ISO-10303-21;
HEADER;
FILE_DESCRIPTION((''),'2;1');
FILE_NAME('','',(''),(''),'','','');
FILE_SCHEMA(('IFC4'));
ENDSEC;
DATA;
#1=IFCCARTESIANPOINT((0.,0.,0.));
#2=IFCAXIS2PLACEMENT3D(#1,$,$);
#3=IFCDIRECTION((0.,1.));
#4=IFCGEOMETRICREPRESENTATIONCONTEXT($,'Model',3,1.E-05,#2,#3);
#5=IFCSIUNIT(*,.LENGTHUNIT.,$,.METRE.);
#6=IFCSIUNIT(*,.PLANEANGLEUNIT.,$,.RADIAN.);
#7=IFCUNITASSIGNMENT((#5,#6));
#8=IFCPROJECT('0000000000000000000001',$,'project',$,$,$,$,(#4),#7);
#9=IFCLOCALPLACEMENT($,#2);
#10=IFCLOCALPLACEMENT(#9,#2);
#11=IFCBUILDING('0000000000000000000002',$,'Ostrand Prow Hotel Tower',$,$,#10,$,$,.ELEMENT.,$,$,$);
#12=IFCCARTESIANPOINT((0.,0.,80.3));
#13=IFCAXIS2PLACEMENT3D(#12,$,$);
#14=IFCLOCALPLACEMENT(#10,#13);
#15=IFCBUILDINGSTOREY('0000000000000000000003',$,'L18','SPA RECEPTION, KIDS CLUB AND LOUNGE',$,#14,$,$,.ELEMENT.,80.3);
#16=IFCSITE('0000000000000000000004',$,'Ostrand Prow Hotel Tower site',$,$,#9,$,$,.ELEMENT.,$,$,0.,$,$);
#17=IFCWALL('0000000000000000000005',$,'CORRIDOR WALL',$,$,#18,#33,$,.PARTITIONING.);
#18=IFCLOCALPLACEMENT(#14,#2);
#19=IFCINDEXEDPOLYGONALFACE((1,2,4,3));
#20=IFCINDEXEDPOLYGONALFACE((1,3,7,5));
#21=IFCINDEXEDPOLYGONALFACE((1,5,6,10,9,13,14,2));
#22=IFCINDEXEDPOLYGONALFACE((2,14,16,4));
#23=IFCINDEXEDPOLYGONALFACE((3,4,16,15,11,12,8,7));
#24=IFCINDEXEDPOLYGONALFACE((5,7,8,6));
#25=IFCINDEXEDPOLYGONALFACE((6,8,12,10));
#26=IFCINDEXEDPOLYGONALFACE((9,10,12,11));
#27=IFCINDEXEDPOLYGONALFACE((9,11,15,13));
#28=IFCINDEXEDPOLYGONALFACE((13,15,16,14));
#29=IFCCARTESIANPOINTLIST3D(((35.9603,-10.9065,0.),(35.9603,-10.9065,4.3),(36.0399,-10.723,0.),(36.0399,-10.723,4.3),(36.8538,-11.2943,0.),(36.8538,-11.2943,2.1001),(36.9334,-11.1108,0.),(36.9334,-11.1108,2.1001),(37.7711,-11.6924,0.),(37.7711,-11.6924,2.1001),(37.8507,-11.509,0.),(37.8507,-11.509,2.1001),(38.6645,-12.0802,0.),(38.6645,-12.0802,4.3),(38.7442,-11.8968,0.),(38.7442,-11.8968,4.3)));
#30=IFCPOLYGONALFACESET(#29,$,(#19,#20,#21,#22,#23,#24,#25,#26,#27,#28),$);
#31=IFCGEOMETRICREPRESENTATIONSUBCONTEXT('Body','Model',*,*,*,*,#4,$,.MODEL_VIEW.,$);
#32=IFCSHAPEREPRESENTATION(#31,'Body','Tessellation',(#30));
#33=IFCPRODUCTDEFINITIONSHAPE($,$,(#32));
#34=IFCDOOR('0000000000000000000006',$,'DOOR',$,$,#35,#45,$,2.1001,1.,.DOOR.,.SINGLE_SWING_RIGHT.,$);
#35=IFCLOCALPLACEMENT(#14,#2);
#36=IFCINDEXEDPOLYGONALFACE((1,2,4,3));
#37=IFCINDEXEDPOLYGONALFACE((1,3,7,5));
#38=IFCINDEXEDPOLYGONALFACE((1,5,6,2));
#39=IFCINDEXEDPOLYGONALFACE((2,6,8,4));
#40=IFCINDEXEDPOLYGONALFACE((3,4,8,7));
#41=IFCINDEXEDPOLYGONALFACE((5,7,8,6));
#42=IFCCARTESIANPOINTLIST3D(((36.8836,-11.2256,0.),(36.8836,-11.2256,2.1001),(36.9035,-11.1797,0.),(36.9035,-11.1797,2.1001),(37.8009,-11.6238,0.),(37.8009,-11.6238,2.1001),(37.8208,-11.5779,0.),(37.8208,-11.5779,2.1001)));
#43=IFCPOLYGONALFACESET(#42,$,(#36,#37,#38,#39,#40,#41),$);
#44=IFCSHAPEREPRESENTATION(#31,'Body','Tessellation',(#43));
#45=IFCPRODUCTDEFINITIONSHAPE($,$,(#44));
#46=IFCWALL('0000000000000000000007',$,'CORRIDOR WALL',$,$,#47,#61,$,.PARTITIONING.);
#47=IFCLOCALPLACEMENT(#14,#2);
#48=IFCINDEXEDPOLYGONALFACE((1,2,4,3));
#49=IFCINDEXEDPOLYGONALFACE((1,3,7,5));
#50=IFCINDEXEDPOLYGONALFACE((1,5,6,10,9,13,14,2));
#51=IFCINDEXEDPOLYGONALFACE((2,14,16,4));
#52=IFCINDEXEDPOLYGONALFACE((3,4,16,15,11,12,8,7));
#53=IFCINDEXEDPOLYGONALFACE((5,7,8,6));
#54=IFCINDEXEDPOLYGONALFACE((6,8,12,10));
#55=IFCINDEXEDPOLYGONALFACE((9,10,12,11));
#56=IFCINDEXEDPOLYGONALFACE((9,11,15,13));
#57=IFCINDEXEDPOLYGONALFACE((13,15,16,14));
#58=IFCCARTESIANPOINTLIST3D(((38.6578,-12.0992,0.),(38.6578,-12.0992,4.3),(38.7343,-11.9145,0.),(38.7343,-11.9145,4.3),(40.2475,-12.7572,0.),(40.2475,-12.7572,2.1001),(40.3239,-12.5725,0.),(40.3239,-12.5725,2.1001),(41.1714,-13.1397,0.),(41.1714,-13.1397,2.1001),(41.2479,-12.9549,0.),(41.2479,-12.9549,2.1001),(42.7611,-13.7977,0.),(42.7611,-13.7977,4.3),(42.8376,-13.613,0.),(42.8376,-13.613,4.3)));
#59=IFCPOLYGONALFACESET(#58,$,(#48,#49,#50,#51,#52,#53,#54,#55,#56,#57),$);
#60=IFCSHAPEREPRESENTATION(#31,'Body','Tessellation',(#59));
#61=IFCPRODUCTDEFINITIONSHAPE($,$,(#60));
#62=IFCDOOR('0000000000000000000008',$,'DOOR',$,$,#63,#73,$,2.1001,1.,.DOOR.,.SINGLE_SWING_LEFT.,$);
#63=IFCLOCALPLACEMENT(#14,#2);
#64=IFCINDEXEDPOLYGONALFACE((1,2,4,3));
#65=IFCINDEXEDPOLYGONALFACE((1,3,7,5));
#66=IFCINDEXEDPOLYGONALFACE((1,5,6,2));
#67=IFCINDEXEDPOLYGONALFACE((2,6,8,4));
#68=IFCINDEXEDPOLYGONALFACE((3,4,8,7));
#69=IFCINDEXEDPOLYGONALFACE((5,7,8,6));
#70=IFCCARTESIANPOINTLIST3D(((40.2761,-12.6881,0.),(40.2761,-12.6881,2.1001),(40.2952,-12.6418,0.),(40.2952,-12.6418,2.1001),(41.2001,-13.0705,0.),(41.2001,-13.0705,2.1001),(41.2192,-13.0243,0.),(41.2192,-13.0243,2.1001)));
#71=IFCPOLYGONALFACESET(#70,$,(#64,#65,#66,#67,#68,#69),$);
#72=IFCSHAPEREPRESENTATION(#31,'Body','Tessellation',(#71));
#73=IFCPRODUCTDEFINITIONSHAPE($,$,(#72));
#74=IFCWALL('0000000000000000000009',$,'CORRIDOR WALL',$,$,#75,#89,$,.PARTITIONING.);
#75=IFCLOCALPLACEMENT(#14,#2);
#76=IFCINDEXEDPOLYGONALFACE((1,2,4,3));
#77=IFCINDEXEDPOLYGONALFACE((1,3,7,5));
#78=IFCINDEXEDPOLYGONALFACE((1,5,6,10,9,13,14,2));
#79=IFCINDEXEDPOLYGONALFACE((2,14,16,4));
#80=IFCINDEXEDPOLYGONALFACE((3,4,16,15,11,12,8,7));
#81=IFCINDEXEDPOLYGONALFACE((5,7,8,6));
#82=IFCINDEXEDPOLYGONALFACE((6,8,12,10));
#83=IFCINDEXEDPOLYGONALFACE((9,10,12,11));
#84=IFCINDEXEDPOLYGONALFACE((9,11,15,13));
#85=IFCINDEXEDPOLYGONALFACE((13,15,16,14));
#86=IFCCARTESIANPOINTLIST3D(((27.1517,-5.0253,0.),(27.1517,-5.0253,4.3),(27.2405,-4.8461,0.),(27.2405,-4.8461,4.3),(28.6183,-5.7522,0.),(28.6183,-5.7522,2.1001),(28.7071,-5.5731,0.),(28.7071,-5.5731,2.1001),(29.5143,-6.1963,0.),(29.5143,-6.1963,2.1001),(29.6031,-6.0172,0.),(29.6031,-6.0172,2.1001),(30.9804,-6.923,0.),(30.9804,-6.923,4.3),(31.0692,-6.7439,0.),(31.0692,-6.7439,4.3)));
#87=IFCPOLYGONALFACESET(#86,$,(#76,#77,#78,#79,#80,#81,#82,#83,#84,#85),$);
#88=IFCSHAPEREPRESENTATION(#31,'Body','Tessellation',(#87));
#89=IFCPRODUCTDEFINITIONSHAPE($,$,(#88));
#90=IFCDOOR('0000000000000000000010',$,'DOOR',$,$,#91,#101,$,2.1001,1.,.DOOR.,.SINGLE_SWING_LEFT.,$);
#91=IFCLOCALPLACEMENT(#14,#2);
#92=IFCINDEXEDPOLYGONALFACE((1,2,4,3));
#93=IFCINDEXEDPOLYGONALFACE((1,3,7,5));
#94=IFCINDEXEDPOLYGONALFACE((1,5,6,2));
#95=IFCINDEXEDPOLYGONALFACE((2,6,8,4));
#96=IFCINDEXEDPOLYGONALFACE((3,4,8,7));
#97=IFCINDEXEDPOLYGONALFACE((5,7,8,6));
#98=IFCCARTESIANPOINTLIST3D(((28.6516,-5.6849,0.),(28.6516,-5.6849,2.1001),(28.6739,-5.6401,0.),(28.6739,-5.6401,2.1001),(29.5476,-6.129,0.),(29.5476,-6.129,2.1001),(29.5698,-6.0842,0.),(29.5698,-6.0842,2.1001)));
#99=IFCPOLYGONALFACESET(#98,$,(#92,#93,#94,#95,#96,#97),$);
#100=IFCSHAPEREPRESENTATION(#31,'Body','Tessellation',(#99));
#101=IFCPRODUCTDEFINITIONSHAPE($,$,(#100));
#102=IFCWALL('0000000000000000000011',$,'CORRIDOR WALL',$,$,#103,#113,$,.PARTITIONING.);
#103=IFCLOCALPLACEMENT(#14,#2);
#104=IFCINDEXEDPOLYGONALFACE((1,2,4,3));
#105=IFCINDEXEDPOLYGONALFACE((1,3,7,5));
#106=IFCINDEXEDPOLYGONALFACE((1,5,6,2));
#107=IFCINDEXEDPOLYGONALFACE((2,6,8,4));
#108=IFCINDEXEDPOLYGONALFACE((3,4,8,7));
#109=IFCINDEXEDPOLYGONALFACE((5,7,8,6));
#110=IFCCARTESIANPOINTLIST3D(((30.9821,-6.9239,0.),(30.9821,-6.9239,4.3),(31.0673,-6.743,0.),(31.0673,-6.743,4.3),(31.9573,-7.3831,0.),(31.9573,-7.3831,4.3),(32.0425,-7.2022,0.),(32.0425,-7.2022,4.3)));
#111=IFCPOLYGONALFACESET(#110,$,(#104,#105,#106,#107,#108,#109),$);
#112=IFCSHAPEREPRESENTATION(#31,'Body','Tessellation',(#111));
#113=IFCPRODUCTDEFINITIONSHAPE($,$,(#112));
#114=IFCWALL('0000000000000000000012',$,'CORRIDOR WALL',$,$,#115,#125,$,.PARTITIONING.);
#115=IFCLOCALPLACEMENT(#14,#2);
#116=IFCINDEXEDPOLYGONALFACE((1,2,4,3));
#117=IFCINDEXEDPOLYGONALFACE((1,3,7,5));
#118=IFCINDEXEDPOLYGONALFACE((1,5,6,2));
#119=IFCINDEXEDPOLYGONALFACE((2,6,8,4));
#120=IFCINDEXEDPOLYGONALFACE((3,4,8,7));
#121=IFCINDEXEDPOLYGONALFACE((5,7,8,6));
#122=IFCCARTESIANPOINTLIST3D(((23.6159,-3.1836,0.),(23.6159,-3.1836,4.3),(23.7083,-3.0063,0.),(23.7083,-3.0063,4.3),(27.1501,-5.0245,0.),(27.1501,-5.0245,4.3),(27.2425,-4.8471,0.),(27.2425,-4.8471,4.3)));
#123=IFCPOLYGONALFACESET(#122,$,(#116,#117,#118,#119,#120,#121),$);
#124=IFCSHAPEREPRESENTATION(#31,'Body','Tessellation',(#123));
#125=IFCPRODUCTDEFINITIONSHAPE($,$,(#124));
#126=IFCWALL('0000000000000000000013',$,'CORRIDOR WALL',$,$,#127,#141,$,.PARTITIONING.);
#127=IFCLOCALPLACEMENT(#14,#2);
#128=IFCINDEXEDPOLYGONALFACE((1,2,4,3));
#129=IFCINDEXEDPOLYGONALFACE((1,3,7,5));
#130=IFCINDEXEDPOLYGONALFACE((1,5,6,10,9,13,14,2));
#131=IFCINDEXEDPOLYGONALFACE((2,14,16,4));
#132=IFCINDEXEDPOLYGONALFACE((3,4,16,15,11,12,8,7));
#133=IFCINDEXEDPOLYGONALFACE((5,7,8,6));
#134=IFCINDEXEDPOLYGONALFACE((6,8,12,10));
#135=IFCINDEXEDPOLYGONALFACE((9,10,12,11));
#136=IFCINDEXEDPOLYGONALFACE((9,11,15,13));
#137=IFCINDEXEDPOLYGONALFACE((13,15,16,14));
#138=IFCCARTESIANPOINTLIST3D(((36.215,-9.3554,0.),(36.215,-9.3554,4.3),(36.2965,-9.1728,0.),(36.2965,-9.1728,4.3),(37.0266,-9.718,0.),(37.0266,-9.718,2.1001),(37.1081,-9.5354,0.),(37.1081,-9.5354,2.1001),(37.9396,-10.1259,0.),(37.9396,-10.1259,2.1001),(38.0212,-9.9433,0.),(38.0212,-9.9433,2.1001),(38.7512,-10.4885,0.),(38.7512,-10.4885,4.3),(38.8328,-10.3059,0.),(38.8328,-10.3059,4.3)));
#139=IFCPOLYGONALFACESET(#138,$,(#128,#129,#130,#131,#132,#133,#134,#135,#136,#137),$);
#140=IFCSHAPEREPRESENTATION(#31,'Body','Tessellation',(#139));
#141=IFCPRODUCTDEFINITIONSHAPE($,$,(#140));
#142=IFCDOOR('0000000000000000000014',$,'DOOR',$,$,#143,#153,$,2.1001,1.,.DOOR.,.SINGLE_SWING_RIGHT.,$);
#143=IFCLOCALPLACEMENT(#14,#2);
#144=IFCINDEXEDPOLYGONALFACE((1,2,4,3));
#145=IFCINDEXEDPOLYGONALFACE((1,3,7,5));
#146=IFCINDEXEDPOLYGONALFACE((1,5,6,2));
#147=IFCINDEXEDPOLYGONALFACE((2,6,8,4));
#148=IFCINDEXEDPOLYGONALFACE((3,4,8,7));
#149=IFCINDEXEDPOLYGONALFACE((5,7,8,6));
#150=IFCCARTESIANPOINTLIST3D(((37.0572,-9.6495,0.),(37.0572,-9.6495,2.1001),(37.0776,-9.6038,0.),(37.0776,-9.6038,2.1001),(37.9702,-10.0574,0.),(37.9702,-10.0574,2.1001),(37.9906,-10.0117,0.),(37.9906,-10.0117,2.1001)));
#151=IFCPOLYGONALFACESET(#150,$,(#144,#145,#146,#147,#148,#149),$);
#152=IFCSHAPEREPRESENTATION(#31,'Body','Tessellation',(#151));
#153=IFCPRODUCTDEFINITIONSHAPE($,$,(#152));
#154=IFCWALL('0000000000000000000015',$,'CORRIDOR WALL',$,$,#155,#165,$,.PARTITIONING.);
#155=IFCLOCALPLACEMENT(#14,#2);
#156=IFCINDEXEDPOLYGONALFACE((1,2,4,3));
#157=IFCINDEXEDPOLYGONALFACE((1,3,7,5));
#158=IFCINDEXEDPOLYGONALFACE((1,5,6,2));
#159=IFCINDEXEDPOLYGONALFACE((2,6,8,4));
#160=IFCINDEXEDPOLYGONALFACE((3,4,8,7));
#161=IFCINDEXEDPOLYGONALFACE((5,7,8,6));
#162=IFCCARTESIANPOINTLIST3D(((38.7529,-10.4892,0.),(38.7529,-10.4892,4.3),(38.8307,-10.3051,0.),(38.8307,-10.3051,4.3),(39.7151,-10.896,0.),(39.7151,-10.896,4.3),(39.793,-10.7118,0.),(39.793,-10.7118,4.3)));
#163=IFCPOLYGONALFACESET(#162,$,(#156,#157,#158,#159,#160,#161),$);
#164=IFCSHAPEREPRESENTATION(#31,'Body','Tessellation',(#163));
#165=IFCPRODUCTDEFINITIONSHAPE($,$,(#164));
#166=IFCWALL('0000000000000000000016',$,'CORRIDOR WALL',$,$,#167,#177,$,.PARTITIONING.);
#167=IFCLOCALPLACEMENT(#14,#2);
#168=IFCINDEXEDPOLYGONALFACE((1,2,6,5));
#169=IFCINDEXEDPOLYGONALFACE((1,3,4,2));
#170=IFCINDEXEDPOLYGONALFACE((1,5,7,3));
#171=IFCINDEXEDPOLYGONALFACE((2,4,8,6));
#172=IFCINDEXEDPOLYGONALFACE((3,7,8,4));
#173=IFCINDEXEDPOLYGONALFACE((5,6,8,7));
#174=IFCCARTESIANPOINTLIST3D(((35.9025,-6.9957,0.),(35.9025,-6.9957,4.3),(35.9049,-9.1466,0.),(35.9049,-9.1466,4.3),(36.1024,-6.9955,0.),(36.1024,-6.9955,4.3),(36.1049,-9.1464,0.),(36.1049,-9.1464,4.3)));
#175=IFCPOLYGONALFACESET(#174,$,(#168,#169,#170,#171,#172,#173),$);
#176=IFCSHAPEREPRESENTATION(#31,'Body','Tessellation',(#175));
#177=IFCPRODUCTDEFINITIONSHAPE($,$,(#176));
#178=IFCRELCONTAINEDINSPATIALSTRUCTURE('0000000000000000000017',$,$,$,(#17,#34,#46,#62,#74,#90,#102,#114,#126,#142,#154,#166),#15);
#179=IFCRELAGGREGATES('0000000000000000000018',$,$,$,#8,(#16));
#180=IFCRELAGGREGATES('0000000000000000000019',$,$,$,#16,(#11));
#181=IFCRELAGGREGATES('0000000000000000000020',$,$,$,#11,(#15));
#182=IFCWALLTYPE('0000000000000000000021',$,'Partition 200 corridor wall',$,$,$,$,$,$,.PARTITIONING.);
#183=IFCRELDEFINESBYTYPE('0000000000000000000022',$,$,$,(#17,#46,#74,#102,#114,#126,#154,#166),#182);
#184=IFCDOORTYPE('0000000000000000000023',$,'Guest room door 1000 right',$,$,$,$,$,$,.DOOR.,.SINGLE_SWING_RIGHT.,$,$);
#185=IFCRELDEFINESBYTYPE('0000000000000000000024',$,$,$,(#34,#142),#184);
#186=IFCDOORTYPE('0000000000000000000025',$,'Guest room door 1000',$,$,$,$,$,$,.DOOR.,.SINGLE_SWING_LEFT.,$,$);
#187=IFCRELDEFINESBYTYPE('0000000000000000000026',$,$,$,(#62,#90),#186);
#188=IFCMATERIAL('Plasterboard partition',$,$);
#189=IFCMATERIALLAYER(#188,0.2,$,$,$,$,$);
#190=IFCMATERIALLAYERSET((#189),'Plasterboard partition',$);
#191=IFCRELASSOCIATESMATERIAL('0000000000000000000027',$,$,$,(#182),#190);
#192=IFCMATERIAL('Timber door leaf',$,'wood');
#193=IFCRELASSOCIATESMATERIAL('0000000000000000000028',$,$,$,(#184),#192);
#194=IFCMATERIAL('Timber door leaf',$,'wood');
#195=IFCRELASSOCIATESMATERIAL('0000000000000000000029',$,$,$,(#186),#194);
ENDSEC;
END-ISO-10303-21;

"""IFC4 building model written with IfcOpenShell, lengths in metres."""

from ifc_helpers import new_model, si_unit, direction, frame, frame_2d, origin, place, context, subcontext, project, spatial, rectangle, extrude, material, layer, layer_set, type_object, element, fill, save


model = new_model("IFC4")

# Units and contexts
model_context = context("Model", 3, precision=1e-05, world=origin(), true_north=direction((0.0, 1.0)))
body_context = subcontext(model_context, "Body", "Model", "MODEL_VIEW")
ifc_project = project(units=[si_unit("LENGTHUNIT", "METRE"), si_unit("PLANEANGLEUNIT", "RADIAN")], contexts=[model_context])

# Site, building, storey
site_placement = place(None, origin())
site = spatial("IfcSite", under=ifc_project, at=site_placement, Name="Ostrand Prow Hotel Tower site", CompositionType="ELEMENT", RefElevation=0.0)
building_placement = place(site_placement, origin())
building = spatial("IfcBuilding", under=site, at=building_placement, Name="Ostrand Prow Hotel Tower", CompositionType="ELEMENT")
storey_placement = place(building_placement, frame((0.0, 0.0, 80.3)))
storey = spatial("IfcBuildingStorey", under=building, at=storey_placement, Name="L18", Description="SPA RECEPTION, KIDS CLUB AND LOUNGE", CompositionType="ELEMENT", Elevation=80.3)

# Walls, openings, doors
ifc_material_1 = material(Name="Plasterboard partition")
ifc_layer_1 = layer(ifc_material_1, 0.2)
ifc_layer_set_1 = layer_set([ifc_layer_1], Name="Plasterboard partition")
wall_type_1 = type_object("IfcWallType", Name="Partition 200 corridor wall", PredefinedType="PARTITIONING", material=ifc_layer_set_1)
ifc_material_2 = material(Name="Timber door leaf", Category="wood")
door_type_1 = type_object("IfcDoorType", Name="Guest room door 1000 right", OperationType="SINGLE_SWING_RIGHT", PredefinedType="DOOR", material=ifc_material_2)
ifc_material_3 = material(Name="Timber door leaf", Category="wood")
door_type_2 = type_object("IfcDoorType", Name="Guest room door 1000", OperationType="SINGLE_SWING_LEFT", PredefinedType="DOOR", material=ifc_material_3)
wall_1_placement = place(storey_placement, frame((36.0, -10.8147, 0.0), z_axis=(0.0, 0.0, 1.0), x_axis=(0.917315, -0.398163, 0.0)))
wall_1 = element("IfcWall", 1, at=wall_1_placement, inside=storey, type_object=wall_type_1, Name="CORRIDOR WALL", PredefinedType="PARTITIONING", context=body_context, shape_type="SweptSolid", body=[
    extrude(rectangle(XDim=2.948, YDim=0.2, at=frame_2d((1.4741, 0.0))), origin(), (0.0, 0.0, 1.0), 4.3),
])
opening_1_placement = place(wall_1_placement, frame((0.9741, 0.0, 0.0)))
opening_1 = element("IfcOpeningElement", 2, at=opening_1_placement, cuts=wall_1, PredefinedType="OPENING", context=body_context, shape_type="SweptSolid", body=[
    extrude(rectangle(XDim=1.0, YDim=2.1001, at=frame_2d((0.5, 1.05))), frame((0.0, 0.1099, 0.0), z_axis=(0.0, -1.0, 0.0), x_axis=(1.0, 0.0, 0.0)), (0.0, 0.0, 1.0), 0.22),
])
door_1_placement = place(opening_1_placement, origin())
door_1 = element("IfcDoor", 3, at=door_1_placement, inside=storey, type_object=door_type_1, Name="DOOR", OperationType="SINGLE_SWING_RIGHT", OverallHeight=2.1001, OverallWidth=1.0, PredefinedType="DOOR", context=body_context, shape_type="SweptSolid", body=[
    extrude(rectangle(XDim=1.0, YDim=2.1001, at=frame_2d((0.5, 1.05))), frame((0.0, 0.0249, 0.0), z_axis=(0.0, -1.0, 0.0), x_axis=(1.0, 0.0, 0.0)), (0.0, 0.0, 1.0), 0.05),
])
fill(opening_1, door_1)
wall_2_placement = place(storey_placement, frame((38.696, -12.0068, 0.0), z_axis=(0.0, 0.0, 1.0), x_axis=(0.923971, -0.382463, 0.0)))
wall_2 = element("IfcWall", 4, at=wall_2_placement, inside=storey, type_object=wall_type_1, Name="CORRIDOR WALL", PredefinedType="PARTITIONING", context=body_context, shape_type="SweptSolid", body=[
    extrude(rectangle(XDim=4.4409, YDim=0.2, at=frame_2d((2.2205, 0.0))), origin(), (0.0, 0.0, 1.0), 4.3),
])
opening_2_placement = place(wall_2_placement, frame((1.7205, 0.0, 0.0)))
opening_2 = element("IfcOpeningElement", 5, at=opening_2_placement, cuts=wall_2, PredefinedType="OPENING", context=body_context, shape_type="SweptSolid", body=[
    extrude(rectangle(XDim=1.0, YDim=2.1001, at=frame_2d((0.5, 1.05))), frame((0.0, 0.1099, 0.0), z_axis=(0.0, -1.0, 0.0), x_axis=(1.0, 0.0, 0.0)), (0.0, 0.0, 1.0), 0.22),
])
door_2_placement = place(opening_2_placement, origin())
door_2 = element("IfcDoor", 6, at=door_2_placement, inside=storey, type_object=door_type_2, Name="DOOR", OperationType="SINGLE_SWING_LEFT", OverallHeight=2.1001, OverallWidth=1.0, PredefinedType="DOOR", context=body_context, shape_type="SweptSolid", body=[
    extrude(rectangle(XDim=1.0, YDim=2.1001, at=frame_2d((0.5, 1.05))), frame((0.0, 0.0249, 0.0), z_axis=(0.0, -1.0, 0.0), x_axis=(1.0, 0.0, 0.0)), (0.0, 0.0, 1.0), 0.05),
])
fill(opening_2, door_2)
wall_3_placement = place(storey_placement, frame((31.0249, -6.8335, 0.0), z_axis=(0.0, 0.0, 1.0), x_axis=(-0.895976, 0.444103, 0.0)))
wall_3 = element("IfcWall", 7, at=wall_3_placement, inside=storey, type_object=wall_type_1, Name="CORRIDOR WALL", PredefinedType="PARTITIONING", context=body_context, shape_type="SweptSolid", body=[
    extrude(rectangle(XDim=4.2732, YDim=0.2, at=frame_2d((2.1367, 0.0))), origin(), (0.0, 0.0, 1.0), 4.3),
])
opening_3_placement = place(wall_3_placement, frame((1.6365, 0.0, 0.0)))
opening_3 = element("IfcOpeningElement", 8, at=opening_3_placement, cuts=wall_3, PredefinedType="OPENING", context=body_context, shape_type="SweptSolid", body=[
    extrude(rectangle(XDim=1.0, YDim=2.1001, at=frame_2d((0.5, 1.05))), frame((0.0, 0.1099, 0.0), z_axis=(0.0, -1.0, 0.0), x_axis=(1.0, 0.0, 0.0)), (0.0, 0.0, 1.0), 0.22),
])
door_3_placement = place(opening_3_placement, origin())
door_3 = element("IfcDoor", 9, at=door_3_placement, inside=storey, type_object=door_type_2, Name="DOOR", OperationType="SINGLE_SWING_LEFT", OverallHeight=2.1001, OverallWidth=1.0, PredefinedType="DOOR", context=body_context, shape_type="SweptSolid", body=[
    extrude(rectangle(XDim=1.0, YDim=2.1001, at=frame_2d((0.5, 1.05))), frame((0.0, 0.0249, 0.0), z_axis=(0.0, -1.0, 0.0), x_axis=(1.0, 0.0, 0.0)), (0.0, 0.0, 1.0), 0.05),
])
fill(opening_3, door_3)

# Walls
wall_4_placement = place(storey_placement, frame((32.0, -7.2927, 0.0), z_axis=(0.0, 0.0, 1.0), x_axis=(-0.90469, 0.42607, 0.0)))
element("IfcWall", 10, at=wall_4_placement, inside=storey, type_object=wall_type_1, Name="CORRIDOR WALL", PredefinedType="PARTITIONING", context=body_context, shape_type="SweptSolid", body=[
    extrude(rectangle(XDim=1.0779, YDim=0.2, at=frame_2d((0.5391, 0.0))), origin(), (0.0, 0.0, 1.0), 4.3),
])
wall_5_placement = place(storey_placement, frame((27.1963, -4.9358, 0.0), z_axis=(0.0, 0.0, 1.0), x_axis=(-0.886904, 0.461954, 0.0)))
element("IfcWall", 11, at=wall_5_placement, inside=storey, type_object=wall_type_1, Name="CORRIDOR WALL", PredefinedType="PARTITIONING", context=body_context, shape_type="SweptSolid", body=[
    extrude(rectangle(XDim=3.9849, YDim=0.2, at=frame_2d((1.9924, 0.0))), origin(), (0.0, 0.0, 1.0), 4.3),
])

# Wall, opening, door
wall_6_placement = place(storey_placement, frame((38.792, -10.3972, 0.0), z_axis=(0.0, 0.0, 1.0), x_axis=(-0.913023, 0.407907, 0.0)))
wall_6 = element("IfcWall", 12, at=wall_6_placement, inside=storey, type_object=wall_type_1, Name="CORRIDOR WALL", PredefinedType="PARTITIONING", context=body_context, shape_type="SweptSolid", body=[
    extrude(rectangle(XDim=2.7778, YDim=0.2, at=frame_2d((1.3889, 0.0))), origin(), (0.0, 0.0, 1.0), 4.3),
])
opening_4_placement = place(wall_6_placement, frame((0.8889, 0.0, 0.0)))
opening_4 = element("IfcOpeningElement", 13, at=opening_4_placement, cuts=wall_6, PredefinedType="OPENING", context=body_context, shape_type="SweptSolid", body=[
    extrude(rectangle(XDim=1.0, YDim=2.1001, at=frame_2d((0.5, 1.05))), frame((0.0, 0.1099, 0.0), z_axis=(0.0, -1.0, 0.0), x_axis=(1.0, 0.0, 0.0)), (0.0, 0.0, 1.0), 0.22),
])
door_4_placement = place(opening_4_placement, origin())
door_4 = element("IfcDoor", 14, at=door_4_placement, inside=storey, type_object=door_type_1, Name="DOOR", OperationType="SINGLE_SWING_RIGHT", OverallHeight=2.1001, OverallWidth=1.0, PredefinedType="DOOR", context=body_context, shape_type="SweptSolid", body=[
    extrude(rectangle(XDim=1.0, YDim=2.1001, at=frame_2d((0.5, 1.05))), frame((0.0, 0.0249, 0.0), z_axis=(0.0, -1.0, 0.0), x_axis=(1.0, 0.0, 0.0)), (0.0, 0.0, 1.0), 0.05),
])
fill(opening_4, door_4)

# Walls
wall_7_placement = place(storey_placement, frame((39.7542, -10.804, 0.0), z_axis=(0.0, 0.0, 1.0), x_axis=(-0.92108, 0.389373, 0.0)))
element("IfcWall", 15, at=wall_7_placement, inside=storey, type_object=wall_type_1, Name="CORRIDOR WALL", PredefinedType="PARTITIONING", context=body_context, shape_type="SweptSolid", body=[
    extrude(rectangle(XDim=1.0447, YDim=0.2, at=frame_2d((0.5225, 0.0))), origin(), (0.0, 0.0, 1.0), 4.3),
])
wall_8_placement = place(storey_placement, frame((36.0049, -9.1465, 0.0), z_axis=(0.0, 0.0, 1.0), x_axis=(-0.001135, 0.999999, 0.0)))
element("IfcWall", 16, at=wall_8_placement, inside=storey, type_object=wall_type_1, Name="CORRIDOR WALL", PredefinedType="PARTITIONING", context=body_context, shape_type="SweptSolid", body=[
    extrude(rectangle(XDim=2.1509, YDim=0.2, at=frame_2d((1.0754, 0.0))), origin(), (0.0, 0.0, 1.0), 4.3),
])

save(model, "model.ifc")
